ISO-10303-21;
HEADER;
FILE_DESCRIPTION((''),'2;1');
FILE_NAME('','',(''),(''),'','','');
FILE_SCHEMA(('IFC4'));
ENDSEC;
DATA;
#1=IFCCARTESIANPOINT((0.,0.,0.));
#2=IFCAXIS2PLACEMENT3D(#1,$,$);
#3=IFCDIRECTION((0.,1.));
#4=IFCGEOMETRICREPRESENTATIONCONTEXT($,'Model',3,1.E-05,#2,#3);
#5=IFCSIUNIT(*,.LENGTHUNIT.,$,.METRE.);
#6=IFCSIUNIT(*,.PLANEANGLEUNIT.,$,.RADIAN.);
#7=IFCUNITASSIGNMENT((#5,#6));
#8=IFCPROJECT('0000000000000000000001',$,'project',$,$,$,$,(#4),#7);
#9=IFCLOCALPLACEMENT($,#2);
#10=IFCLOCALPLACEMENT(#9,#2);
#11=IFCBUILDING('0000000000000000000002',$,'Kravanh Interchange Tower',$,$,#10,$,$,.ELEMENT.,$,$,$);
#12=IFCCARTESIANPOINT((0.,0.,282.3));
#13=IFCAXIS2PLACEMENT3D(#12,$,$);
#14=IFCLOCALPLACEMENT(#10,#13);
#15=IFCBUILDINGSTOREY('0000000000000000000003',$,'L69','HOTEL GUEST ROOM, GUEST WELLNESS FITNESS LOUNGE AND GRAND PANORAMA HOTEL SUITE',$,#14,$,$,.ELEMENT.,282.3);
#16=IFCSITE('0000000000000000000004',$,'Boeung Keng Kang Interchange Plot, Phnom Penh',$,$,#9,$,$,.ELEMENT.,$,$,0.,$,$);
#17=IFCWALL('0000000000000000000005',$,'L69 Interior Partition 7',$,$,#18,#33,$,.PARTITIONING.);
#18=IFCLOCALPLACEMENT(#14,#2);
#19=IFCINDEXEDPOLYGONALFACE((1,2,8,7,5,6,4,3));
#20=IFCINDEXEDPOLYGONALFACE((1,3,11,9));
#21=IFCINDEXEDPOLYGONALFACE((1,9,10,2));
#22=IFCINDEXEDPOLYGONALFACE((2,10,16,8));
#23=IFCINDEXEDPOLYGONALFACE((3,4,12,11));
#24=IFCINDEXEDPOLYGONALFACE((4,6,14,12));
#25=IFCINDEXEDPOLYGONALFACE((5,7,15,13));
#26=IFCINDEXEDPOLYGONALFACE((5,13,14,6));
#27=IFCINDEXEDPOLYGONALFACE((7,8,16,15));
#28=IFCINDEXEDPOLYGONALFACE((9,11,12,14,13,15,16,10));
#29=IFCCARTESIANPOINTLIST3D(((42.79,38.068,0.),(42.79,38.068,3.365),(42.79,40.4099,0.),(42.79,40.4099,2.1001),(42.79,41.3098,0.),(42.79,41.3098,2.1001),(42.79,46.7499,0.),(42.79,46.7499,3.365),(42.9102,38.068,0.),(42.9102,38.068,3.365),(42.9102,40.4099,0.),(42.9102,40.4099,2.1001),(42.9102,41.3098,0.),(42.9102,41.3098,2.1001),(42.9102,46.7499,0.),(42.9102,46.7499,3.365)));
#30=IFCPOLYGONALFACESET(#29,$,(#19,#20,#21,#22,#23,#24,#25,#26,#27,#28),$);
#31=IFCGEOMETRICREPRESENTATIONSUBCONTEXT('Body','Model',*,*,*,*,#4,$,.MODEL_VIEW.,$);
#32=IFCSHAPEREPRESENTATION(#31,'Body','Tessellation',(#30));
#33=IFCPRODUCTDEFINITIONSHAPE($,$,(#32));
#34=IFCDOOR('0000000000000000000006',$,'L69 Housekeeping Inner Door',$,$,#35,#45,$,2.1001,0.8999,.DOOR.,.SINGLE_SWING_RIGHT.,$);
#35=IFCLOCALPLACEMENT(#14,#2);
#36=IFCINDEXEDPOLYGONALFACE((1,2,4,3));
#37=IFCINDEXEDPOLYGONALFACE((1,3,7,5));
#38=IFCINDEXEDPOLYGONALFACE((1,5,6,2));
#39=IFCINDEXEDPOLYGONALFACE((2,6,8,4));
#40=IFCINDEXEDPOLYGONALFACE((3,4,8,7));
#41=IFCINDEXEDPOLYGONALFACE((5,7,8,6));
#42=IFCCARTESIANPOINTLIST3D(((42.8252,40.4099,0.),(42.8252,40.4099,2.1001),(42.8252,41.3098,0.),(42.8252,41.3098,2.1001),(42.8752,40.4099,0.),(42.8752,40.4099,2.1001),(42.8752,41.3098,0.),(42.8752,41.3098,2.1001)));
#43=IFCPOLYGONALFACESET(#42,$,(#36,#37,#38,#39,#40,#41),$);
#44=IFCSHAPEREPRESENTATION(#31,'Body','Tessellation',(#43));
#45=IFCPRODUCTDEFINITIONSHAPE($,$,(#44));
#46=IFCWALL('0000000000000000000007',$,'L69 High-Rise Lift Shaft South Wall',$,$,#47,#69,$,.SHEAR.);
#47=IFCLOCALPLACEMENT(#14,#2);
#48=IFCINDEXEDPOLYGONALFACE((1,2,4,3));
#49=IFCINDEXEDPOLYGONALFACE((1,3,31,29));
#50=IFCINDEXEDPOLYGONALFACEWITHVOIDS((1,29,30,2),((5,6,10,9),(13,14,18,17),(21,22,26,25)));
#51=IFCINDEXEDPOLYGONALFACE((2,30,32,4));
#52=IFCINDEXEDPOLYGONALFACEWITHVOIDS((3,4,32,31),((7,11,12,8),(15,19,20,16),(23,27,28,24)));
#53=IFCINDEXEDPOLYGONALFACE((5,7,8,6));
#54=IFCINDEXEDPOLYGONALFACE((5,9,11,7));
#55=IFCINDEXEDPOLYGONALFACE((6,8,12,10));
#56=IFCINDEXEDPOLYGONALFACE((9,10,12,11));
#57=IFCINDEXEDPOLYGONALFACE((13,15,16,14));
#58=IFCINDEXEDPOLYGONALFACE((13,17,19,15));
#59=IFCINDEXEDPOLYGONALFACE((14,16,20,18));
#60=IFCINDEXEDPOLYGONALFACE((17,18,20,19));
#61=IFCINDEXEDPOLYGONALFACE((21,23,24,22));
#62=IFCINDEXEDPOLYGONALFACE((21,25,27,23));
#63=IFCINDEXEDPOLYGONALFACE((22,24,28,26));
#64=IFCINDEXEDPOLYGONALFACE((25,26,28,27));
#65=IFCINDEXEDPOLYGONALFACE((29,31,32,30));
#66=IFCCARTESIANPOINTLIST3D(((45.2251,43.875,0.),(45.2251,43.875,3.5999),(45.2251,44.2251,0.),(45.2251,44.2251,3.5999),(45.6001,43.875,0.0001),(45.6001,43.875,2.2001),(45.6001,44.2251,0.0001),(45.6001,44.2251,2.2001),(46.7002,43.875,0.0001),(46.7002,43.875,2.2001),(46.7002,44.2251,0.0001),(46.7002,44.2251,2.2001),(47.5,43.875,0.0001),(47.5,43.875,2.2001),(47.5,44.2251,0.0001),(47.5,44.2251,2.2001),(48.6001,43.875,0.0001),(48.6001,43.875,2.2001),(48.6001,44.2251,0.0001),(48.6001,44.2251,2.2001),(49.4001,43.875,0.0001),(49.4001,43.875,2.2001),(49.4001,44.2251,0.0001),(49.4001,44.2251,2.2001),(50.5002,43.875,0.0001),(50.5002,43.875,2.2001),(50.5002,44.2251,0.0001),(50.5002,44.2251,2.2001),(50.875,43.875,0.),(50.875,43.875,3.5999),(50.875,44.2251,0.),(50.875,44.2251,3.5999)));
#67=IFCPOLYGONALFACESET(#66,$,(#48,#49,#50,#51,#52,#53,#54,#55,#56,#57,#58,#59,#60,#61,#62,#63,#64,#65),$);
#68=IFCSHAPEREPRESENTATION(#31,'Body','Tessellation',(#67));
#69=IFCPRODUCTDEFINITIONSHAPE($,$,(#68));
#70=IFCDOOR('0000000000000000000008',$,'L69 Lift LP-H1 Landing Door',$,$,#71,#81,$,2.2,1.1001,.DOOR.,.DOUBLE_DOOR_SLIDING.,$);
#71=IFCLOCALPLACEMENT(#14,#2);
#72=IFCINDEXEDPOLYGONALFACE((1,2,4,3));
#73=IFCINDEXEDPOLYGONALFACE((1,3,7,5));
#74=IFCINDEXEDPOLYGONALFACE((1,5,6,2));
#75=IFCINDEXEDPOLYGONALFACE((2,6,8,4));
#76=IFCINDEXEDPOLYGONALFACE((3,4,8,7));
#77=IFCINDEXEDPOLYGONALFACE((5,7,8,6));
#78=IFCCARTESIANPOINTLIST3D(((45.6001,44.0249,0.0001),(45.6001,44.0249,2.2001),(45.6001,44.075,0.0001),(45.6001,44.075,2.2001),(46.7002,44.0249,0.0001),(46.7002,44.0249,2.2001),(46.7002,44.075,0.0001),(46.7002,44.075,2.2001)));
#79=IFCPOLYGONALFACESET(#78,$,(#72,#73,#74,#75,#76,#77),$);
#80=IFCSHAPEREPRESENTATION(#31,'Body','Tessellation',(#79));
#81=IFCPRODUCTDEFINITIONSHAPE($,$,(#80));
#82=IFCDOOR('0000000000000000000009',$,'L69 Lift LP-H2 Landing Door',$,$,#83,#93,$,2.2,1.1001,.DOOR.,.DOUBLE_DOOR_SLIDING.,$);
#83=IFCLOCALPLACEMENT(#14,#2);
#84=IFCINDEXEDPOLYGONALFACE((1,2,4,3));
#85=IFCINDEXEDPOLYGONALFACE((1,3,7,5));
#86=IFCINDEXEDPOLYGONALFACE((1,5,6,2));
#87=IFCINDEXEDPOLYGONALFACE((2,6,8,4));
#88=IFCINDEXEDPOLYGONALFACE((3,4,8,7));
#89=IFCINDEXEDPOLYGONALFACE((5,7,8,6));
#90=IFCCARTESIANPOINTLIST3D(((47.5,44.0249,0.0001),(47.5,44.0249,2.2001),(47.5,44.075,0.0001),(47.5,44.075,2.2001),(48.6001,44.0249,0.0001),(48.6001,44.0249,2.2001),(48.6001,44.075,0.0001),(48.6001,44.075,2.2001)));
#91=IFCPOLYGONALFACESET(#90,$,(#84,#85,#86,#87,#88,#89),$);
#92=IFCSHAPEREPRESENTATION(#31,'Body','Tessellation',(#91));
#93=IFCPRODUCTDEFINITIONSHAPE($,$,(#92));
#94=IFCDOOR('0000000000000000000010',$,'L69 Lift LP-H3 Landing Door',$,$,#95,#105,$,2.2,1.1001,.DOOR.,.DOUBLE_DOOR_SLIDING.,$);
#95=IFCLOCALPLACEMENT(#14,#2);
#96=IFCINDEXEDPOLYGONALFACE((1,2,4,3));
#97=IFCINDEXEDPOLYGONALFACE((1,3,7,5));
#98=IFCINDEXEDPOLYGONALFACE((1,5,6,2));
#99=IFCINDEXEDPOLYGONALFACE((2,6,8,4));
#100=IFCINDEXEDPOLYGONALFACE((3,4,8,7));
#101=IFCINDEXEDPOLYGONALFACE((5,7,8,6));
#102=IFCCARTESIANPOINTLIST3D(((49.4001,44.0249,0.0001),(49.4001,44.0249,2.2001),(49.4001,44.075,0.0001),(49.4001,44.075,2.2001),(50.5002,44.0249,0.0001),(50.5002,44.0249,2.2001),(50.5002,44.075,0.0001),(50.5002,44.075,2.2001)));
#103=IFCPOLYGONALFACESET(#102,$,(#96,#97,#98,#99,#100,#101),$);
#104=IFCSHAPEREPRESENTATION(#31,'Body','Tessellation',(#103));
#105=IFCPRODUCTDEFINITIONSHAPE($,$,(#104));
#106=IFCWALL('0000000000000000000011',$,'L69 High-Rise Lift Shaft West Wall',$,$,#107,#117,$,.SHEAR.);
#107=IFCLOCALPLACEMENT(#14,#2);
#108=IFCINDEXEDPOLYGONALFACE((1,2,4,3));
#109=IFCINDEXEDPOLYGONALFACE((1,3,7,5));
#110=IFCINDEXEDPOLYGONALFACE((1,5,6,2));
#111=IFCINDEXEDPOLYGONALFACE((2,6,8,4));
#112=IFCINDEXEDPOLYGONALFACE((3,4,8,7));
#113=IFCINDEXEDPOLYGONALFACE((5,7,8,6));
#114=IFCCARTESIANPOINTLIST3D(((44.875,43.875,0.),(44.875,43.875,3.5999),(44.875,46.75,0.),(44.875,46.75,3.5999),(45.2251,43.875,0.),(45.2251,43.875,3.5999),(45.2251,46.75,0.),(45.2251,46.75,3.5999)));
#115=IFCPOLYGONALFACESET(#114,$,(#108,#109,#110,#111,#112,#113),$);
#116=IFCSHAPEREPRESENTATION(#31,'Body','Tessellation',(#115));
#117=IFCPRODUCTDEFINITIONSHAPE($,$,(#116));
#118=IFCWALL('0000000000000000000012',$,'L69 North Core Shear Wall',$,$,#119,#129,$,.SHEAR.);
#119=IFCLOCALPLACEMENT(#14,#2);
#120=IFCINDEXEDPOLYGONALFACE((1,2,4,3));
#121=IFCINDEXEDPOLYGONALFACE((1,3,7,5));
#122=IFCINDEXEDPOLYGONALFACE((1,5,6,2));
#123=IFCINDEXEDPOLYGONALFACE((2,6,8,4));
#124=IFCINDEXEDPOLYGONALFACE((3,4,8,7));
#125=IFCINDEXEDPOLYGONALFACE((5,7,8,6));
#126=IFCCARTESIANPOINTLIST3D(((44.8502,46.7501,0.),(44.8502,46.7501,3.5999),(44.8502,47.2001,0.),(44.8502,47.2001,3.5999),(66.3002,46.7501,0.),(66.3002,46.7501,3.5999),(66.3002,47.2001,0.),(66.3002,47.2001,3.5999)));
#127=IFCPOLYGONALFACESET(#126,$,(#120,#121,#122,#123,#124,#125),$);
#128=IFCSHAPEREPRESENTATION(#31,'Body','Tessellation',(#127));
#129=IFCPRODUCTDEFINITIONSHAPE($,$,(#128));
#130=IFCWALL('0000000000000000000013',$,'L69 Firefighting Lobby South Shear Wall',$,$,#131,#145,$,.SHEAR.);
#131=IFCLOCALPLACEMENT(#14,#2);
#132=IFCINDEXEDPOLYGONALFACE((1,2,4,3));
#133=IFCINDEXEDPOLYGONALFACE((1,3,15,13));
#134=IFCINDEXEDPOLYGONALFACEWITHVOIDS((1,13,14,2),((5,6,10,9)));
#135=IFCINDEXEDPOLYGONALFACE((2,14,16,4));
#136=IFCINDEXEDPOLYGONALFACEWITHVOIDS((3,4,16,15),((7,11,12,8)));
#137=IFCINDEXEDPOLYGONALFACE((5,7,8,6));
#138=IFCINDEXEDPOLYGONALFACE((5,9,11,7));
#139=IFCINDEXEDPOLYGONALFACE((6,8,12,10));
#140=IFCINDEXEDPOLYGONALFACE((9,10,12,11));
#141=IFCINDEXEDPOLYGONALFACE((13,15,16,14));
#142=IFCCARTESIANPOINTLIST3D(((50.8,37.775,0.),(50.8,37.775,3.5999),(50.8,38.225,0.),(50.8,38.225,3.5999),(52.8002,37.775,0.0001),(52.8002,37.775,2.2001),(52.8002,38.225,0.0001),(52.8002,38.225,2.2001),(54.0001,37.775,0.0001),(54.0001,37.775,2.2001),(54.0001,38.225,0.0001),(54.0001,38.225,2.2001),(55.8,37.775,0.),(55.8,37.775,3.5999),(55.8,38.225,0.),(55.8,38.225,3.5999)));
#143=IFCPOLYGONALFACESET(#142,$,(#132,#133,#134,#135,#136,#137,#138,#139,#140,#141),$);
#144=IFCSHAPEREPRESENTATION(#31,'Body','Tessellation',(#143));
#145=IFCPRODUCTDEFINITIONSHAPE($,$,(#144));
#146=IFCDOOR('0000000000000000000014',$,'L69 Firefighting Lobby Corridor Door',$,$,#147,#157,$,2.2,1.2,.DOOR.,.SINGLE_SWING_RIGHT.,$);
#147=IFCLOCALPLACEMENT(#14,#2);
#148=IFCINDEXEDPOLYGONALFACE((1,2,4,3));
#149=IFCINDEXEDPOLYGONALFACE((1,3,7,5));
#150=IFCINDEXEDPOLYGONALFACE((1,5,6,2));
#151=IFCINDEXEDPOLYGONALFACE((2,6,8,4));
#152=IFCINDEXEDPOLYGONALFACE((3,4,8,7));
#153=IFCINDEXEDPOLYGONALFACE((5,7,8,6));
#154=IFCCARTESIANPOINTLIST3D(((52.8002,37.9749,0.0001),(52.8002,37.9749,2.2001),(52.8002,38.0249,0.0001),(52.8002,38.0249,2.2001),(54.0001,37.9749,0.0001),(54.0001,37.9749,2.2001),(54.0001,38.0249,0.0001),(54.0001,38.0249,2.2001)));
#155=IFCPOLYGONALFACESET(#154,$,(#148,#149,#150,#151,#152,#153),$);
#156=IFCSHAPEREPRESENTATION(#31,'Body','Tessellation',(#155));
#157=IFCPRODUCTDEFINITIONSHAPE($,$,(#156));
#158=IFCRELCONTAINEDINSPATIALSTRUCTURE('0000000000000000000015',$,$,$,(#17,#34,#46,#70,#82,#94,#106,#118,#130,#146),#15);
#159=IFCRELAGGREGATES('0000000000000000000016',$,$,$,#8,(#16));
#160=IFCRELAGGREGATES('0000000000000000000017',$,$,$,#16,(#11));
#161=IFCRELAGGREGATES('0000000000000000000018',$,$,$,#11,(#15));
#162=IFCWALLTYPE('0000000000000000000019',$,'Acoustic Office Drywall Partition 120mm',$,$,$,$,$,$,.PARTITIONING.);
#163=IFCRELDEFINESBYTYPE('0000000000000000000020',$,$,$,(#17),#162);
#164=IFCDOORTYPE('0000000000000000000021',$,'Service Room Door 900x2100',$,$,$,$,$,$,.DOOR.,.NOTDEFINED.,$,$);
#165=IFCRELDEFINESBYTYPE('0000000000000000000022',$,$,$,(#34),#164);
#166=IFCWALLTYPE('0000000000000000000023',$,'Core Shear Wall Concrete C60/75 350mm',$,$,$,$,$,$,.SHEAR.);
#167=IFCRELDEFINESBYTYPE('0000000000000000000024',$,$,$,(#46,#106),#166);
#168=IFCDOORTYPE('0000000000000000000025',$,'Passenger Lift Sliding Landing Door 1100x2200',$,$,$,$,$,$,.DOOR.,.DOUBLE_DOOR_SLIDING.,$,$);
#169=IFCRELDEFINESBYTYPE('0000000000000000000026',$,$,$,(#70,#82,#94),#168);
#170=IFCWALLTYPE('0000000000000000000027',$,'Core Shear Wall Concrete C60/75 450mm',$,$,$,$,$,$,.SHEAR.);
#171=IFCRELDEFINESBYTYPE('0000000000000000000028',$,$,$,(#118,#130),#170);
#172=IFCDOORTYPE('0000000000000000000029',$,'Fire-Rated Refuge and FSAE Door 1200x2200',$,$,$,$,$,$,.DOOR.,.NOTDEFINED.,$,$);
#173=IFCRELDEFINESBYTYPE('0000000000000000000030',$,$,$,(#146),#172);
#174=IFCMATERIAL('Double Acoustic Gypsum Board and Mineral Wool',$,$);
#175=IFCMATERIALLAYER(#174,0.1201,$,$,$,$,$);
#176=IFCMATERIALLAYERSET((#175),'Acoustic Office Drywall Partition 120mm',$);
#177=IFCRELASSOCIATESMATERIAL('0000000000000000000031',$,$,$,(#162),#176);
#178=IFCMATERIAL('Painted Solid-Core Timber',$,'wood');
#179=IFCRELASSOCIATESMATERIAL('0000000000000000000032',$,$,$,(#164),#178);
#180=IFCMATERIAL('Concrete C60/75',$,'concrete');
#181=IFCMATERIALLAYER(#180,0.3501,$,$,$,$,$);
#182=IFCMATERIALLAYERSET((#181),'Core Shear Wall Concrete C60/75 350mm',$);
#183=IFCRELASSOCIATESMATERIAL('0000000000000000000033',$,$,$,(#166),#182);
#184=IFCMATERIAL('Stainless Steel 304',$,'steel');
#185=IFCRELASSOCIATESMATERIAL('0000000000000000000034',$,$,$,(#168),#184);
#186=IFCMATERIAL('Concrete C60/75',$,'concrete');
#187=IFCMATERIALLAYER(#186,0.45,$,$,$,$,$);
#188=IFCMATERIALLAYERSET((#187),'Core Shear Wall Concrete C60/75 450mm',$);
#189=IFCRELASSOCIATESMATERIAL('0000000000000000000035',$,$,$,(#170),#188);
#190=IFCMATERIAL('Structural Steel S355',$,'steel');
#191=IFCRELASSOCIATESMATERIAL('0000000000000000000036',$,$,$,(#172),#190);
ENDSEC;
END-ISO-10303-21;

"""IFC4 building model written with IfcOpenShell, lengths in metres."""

from ifc_helpers import new_model, si_unit, direction, frame, frame_2d, origin, place, context, subcontext, project, spatial, rectangle, extrude, material, layer, layer_set, type_object, element, fill, save


model = new_model("IFC4")

# Units and contexts
model_context = context("Model", 3, precision=1e-05, world=origin(), true_north=direction((0.0, 1.0)))
body_context = subcontext(model_context, "Body", "Model", "MODEL_VIEW")
ifc_project = project(units=[si_unit("LENGTHUNIT", "METRE"), si_unit("PLANEANGLEUNIT", "RADIAN")], contexts=[model_context])

# Site, building, storey
site_placement = place(None, origin())
site = spatial("IfcSite", under=ifc_project, at=site_placement, Name="Boeung Keng Kang Interchange Plot, Phnom Penh", CompositionType="ELEMENT", RefElevation=0.0)
building_placement = place(site_placement, origin())
building = spatial("IfcBuilding", under=site, at=building_placement, Name="Kravanh Interchange Tower", CompositionType="ELEMENT")
storey_placement = place(building_placement, frame((0.0, 0.0, 282.3)))
storey = spatial("IfcBuildingStorey", under=building, at=storey_placement, Name="L69", Description="HOTEL GUEST ROOM, GUEST WELLNESS FITNESS LOUNGE AND GRAND PANORAMA HOTEL SUITE", CompositionType="ELEMENT", Elevation=282.3)

# Shared definitions
ifc_material_1 = material(Name="Double Acoustic Gypsum Board and Mineral Wool")
ifc_layer_1 = layer(ifc_material_1, 0.1201)
ifc_layer_set_1 = layer_set([ifc_layer_1], Name="Acoustic Office Drywall Partition 120mm")
wall_type_1 = type_object("IfcWallType", Name="Acoustic Office Drywall Partition 120mm", PredefinedType="PARTITIONING", material=ifc_layer_set_1)

# Wall, opening, door
wall_1_placement = place(storey_placement, frame((42.8501, 38.0681, 0.0), z_axis=(0.0, 0.0, 1.0), x_axis=(0.0, 1.0, 0.0)))
wall_1 = element("IfcWall", 1, at=wall_1_placement, inside=storey, type_object=wall_type_1, Name="L69 Interior Partition 7", PredefinedType="PARTITIONING", context=body_context, shape_type="SweptSolid", body=[
    extrude(rectangle(XDim=8.6819, YDim=0.1201, at=frame_2d((4.3408, 0.0))), origin(), (0.0, 0.0, 1.0), 3.365),
])
opening_1_placement = place(wall_1_placement, frame((2.3418, 0.0, 0.0)))
opening_1 = element("IfcOpeningElement", 2, at=opening_1_placement, cuts=wall_1, PredefinedType="OPENING", context=body_context, shape_type="SweptSolid", body=[
    extrude(rectangle(XDim=0.8999, YDim=2.1001, at=frame_2d((0.45, 1.05))), frame((0.0, 0.0701, 0.0), z_axis=(0.0, -1.0, 0.0), x_axis=(1.0, 0.0, 0.0)), (0.0, 0.0, 1.0), 0.1401),
])
ifc_material_2 = material(Name="Painted Solid-Core Timber", Category="wood")
door_type_1 = type_object("IfcDoorType", Name="Service Room Door 900x2100", OperationType="NOTDEFINED", PredefinedType="DOOR", material=ifc_material_2)
door_1_placement = place(opening_1_placement, origin())
door_1 = element("IfcDoor", 3, at=door_1_placement, inside=storey, type_object=door_type_1, Name="L69 Housekeeping Inner Door", OperationType="SINGLE_SWING_RIGHT", OverallHeight=2.1001, OverallWidth=0.8999, PredefinedType="DOOR", context=body_context, shape_type="SweptSolid", body=[
    extrude(rectangle(XDim=0.8999, YDim=2.1001, at=frame_2d((0.45, 1.05))), frame((0.0, 0.0249, 0.0), z_axis=(0.0, -1.0, 0.0), x_axis=(1.0, 0.0, 0.0)), (0.0, 0.0, 1.0), 0.05),
])
fill(opening_1, door_1)

# Wall, openings, doors
ifc_material_3 = material(Name="Concrete C60/75", Category="concrete")
ifc_layer_2 = layer(ifc_material_3, 0.3501)
ifc_layer_set_2 = layer_set([ifc_layer_2], Name="Core Shear Wall Concrete C60/75 350mm")
wall_type_2 = type_object("IfcWallType", Name="Core Shear Wall Concrete C60/75 350mm", PredefinedType="SHEAR", material=ifc_layer_set_2)
wall_2_placement = place(storey_placement, frame((45.2251, 44.05, 0.0), z_axis=(0.0, 0.0, 1.0), x_axis=(1.0, 0.0, 0.0)))
wall_2 = element("IfcWall", 4, at=wall_2_placement, inside=storey, type_object=wall_type_2, Name="L69 High-Rise Lift Shaft South Wall", PredefinedType="SHEAR", context=body_context, shape_type="SweptSolid", body=[
    extrude(rectangle(XDim=5.6499, YDim=0.3501, at=frame_2d((2.825, 0.0))), origin(), (0.0, 0.0, 1.0), 3.5999),
])
opening_2_placement = place(wall_2_placement, frame((0.375, 0.0, 0.0)))
opening_2 = element("IfcOpeningElement", 5, at=opening_2_placement, cuts=wall_2, PredefinedType="OPENING", context=body_context, shape_type="SweptSolid", body=[
    extrude(rectangle(XDim=1.1001, YDim=2.2, at=frame_2d((0.55, 1.1001))), frame((0.0, 0.1851, 0.0), z_axis=(0.0, -1.0, 0.0), x_axis=(1.0, 0.0, 0.0)), (0.0, 0.0, 1.0), 0.3701),
])
opening_3_placement = place(wall_2_placement, frame((2.2749, 0.0, 0.0)))
opening_3 = element("IfcOpeningElement", 6, at=opening_3_placement, cuts=wall_2, PredefinedType="OPENING", context=body_context, shape_type="SweptSolid", body=[
    extrude(rectangle(XDim=1.1001, YDim=2.2, at=frame_2d((0.55, 1.1001))), frame((0.0, 0.1851, 0.0), z_axis=(0.0, -1.0, 0.0), x_axis=(1.0, 0.0, 0.0)), (0.0, 0.0, 1.0), 0.3701),
])
opening_4_placement = place(wall_2_placement, frame((4.175, 0.0, 0.0)))
opening_4 = element("IfcOpeningElement", 7, at=opening_4_placement, cuts=wall_2, PredefinedType="OPENING", context=body_context, shape_type="SweptSolid", body=[
    extrude(rectangle(XDim=1.1001, YDim=2.2, at=frame_2d((0.55, 1.1001))), frame((0.0, 0.1851, 0.0), z_axis=(0.0, -1.0, 0.0), x_axis=(1.0, 0.0, 0.0)), (0.0, 0.0, 1.0), 0.3701),
])
ifc_material_4 = material(Name="Stainless Steel 304", Category="steel")
door_type_2 = type_object("IfcDoorType", Name="Passenger Lift Sliding Landing Door 1100x2200", OperationType="DOUBLE_DOOR_SLIDING", PredefinedType="DOOR", material=ifc_material_4)
door_2_placement = place(opening_2_placement, origin())
door_2 = element("IfcDoor", 8, at=door_2_placement, inside=storey, type_object=door_type_2, Name="L69 Lift LP-H1 Landing Door", OperationType="DOUBLE_DOOR_SLIDING", OverallHeight=2.2, OverallWidth=1.1001, PredefinedType="DOOR", context=body_context, shape_type="SweptSolid", body=[
    extrude(rectangle(XDim=1.1001, YDim=2.2, at=frame_2d((0.55, 1.1001))), frame((0.0, 0.0249, 0.0), z_axis=(0.0, -1.0, 0.0), x_axis=(1.0, 0.0, 0.0)), (0.0, 0.0, 1.0), 0.05),
])
fill(opening_2, door_2)
door_3_placement = place(opening_3_placement, origin())
door_3 = element("IfcDoor", 9, at=door_3_placement, inside=storey, type_object=door_type_2, Name="L69 Lift LP-H2 Landing Door", OperationType="DOUBLE_DOOR_SLIDING", OverallHeight=2.2, OverallWidth=1.1001, PredefinedType="DOOR", context=body_context, shape_type="SweptSolid", body=[
    extrude(rectangle(XDim=1.1001, YDim=2.2, at=frame_2d((0.55, 1.1001))), frame((0.0, 0.0249, 0.0), z_axis=(0.0, -1.0, 0.0), x_axis=(1.0, 0.0, 0.0)), (0.0, 0.0, 1.0), 0.05),
])
fill(opening_3, door_3)
door_4_placement = place(opening_4_placement, origin())
door_4 = element("IfcDoor", 10, at=door_4_placement, inside=storey, type_object=door_type_2, Name="L69 Lift LP-H3 Landing Door", OperationType="DOUBLE_DOOR_SLIDING", OverallHeight=2.2, OverallWidth=1.1001, PredefinedType="DOOR", context=body_context, shape_type="SweptSolid", body=[
    extrude(rectangle(XDim=1.1001, YDim=2.2, at=frame_2d((0.55, 1.1001))), frame((0.0, 0.0249, 0.0), z_axis=(0.0, -1.0, 0.0), x_axis=(1.0, 0.0, 0.0)), (0.0, 0.0, 1.0), 0.05),
])
fill(opening_4, door_4)

# Walls
wall_3_placement = place(storey_placement, frame((45.05, 43.875, 0.0), z_axis=(0.0, 0.0, 1.0), x_axis=(0.0, 1.0, 0.0)))
element("IfcWall", 11, at=wall_3_placement, inside=storey, type_object=wall_type_2, Name="L69 High-Rise Lift Shaft West Wall", PredefinedType="SHEAR", context=body_context, shape_type="SweptSolid", body=[
    extrude(rectangle(XDim=2.875, YDim=0.3501, at=frame_2d((1.4375, 0.0))), origin(), (0.0, 0.0, 1.0), 3.5999),
])
ifc_material_5 = material(Name="Concrete C60/75", Category="concrete")
ifc_layer_3 = layer(ifc_material_5, 0.45)
ifc_layer_set_3 = layer_set([ifc_layer_3], Name="Core Shear Wall Concrete C60/75 450mm")
wall_type_3 = type_object("IfcWallType", Name="Core Shear Wall Concrete C60/75 450mm", PredefinedType="SHEAR", material=ifc_layer_set_3)
wall_4_placement = place(storey_placement, frame((44.8501, 46.9751, 0.0), z_axis=(0.0, 0.0, 1.0), x_axis=(1.0, 0.0, 0.0)))
element("IfcWall", 12, at=wall_4_placement, inside=storey, type_object=wall_type_3, Name="L69 North Core Shear Wall", PredefinedType="SHEAR", context=body_context, shape_type="SweptSolid", body=[
    extrude(rectangle(XDim=21.45, YDim=0.45, at=frame_2d((10.7251, 0.0))), origin(), (0.0, 0.0, 1.0), 3.5999),
])

# Wall, opening, door
wall_5_placement = place(storey_placement, frame((50.8, 38.0, 0.0), z_axis=(0.0, 0.0, 1.0), x_axis=(1.0, 0.0, 0.0)))
wall_5 = element("IfcWall", 13, at=wall_5_placement, inside=storey, type_object=wall_type_3, Name="L69 Firefighting Lobby South Shear Wall", PredefinedType="SHEAR", context=body_context, shape_type="SweptSolid", body=[
    extrude(rectangle(XDim=5.0, YDim=0.45, at=frame_2d((2.5, 0.0))), origin(), (0.0, 0.0, 1.0), 3.5999),
])
opening_5_placement = place(wall_5_placement, frame((2.0, 0.0, 0.0)))
opening_5 = element("IfcOpeningElement", 14, at=opening_5_placement, cuts=wall_5, PredefinedType="OPENING", context=body_context, shape_type="SweptSolid", body=[
    extrude(rectangle(XDim=1.2, YDim=2.2, at=frame_2d((0.6001, 1.1001))), frame((0.0, 0.2349, 0.0), z_axis=(0.0, -1.0, 0.0), x_axis=(1.0, 0.0, 0.0)), (0.0, 0.0, 1.0), 0.47),
])
ifc_material_6 = material(Name="Structural Steel S355", Category="steel")
door_type_3 = type_object("IfcDoorType", Name="Fire-Rated Refuge and FSAE Door 1200x2200", OperationType="NOTDEFINED", PredefinedType="DOOR", material=ifc_material_6)
door_5_placement = place(opening_5_placement, origin())
door_5 = element("IfcDoor", 15, at=door_5_placement, inside=storey, type_object=door_type_3, Name="L69 Firefighting Lobby Corridor Door", OperationType="SINGLE_SWING_RIGHT", OverallHeight=2.2, OverallWidth=1.2, PredefinedType="DOOR", context=body_context, shape_type="SweptSolid", body=[
    extrude(rectangle(XDim=1.2, YDim=2.2, at=frame_2d((0.6001, 1.1001))), frame((0.0, 0.0249, 0.0), z_axis=(0.0, -1.0, 0.0), x_axis=(1.0, 0.0, 0.0)), (0.0, 0.0, 1.0), 0.05),
])
fill(opening_5, door_5)

save(model, "model.ifc")
